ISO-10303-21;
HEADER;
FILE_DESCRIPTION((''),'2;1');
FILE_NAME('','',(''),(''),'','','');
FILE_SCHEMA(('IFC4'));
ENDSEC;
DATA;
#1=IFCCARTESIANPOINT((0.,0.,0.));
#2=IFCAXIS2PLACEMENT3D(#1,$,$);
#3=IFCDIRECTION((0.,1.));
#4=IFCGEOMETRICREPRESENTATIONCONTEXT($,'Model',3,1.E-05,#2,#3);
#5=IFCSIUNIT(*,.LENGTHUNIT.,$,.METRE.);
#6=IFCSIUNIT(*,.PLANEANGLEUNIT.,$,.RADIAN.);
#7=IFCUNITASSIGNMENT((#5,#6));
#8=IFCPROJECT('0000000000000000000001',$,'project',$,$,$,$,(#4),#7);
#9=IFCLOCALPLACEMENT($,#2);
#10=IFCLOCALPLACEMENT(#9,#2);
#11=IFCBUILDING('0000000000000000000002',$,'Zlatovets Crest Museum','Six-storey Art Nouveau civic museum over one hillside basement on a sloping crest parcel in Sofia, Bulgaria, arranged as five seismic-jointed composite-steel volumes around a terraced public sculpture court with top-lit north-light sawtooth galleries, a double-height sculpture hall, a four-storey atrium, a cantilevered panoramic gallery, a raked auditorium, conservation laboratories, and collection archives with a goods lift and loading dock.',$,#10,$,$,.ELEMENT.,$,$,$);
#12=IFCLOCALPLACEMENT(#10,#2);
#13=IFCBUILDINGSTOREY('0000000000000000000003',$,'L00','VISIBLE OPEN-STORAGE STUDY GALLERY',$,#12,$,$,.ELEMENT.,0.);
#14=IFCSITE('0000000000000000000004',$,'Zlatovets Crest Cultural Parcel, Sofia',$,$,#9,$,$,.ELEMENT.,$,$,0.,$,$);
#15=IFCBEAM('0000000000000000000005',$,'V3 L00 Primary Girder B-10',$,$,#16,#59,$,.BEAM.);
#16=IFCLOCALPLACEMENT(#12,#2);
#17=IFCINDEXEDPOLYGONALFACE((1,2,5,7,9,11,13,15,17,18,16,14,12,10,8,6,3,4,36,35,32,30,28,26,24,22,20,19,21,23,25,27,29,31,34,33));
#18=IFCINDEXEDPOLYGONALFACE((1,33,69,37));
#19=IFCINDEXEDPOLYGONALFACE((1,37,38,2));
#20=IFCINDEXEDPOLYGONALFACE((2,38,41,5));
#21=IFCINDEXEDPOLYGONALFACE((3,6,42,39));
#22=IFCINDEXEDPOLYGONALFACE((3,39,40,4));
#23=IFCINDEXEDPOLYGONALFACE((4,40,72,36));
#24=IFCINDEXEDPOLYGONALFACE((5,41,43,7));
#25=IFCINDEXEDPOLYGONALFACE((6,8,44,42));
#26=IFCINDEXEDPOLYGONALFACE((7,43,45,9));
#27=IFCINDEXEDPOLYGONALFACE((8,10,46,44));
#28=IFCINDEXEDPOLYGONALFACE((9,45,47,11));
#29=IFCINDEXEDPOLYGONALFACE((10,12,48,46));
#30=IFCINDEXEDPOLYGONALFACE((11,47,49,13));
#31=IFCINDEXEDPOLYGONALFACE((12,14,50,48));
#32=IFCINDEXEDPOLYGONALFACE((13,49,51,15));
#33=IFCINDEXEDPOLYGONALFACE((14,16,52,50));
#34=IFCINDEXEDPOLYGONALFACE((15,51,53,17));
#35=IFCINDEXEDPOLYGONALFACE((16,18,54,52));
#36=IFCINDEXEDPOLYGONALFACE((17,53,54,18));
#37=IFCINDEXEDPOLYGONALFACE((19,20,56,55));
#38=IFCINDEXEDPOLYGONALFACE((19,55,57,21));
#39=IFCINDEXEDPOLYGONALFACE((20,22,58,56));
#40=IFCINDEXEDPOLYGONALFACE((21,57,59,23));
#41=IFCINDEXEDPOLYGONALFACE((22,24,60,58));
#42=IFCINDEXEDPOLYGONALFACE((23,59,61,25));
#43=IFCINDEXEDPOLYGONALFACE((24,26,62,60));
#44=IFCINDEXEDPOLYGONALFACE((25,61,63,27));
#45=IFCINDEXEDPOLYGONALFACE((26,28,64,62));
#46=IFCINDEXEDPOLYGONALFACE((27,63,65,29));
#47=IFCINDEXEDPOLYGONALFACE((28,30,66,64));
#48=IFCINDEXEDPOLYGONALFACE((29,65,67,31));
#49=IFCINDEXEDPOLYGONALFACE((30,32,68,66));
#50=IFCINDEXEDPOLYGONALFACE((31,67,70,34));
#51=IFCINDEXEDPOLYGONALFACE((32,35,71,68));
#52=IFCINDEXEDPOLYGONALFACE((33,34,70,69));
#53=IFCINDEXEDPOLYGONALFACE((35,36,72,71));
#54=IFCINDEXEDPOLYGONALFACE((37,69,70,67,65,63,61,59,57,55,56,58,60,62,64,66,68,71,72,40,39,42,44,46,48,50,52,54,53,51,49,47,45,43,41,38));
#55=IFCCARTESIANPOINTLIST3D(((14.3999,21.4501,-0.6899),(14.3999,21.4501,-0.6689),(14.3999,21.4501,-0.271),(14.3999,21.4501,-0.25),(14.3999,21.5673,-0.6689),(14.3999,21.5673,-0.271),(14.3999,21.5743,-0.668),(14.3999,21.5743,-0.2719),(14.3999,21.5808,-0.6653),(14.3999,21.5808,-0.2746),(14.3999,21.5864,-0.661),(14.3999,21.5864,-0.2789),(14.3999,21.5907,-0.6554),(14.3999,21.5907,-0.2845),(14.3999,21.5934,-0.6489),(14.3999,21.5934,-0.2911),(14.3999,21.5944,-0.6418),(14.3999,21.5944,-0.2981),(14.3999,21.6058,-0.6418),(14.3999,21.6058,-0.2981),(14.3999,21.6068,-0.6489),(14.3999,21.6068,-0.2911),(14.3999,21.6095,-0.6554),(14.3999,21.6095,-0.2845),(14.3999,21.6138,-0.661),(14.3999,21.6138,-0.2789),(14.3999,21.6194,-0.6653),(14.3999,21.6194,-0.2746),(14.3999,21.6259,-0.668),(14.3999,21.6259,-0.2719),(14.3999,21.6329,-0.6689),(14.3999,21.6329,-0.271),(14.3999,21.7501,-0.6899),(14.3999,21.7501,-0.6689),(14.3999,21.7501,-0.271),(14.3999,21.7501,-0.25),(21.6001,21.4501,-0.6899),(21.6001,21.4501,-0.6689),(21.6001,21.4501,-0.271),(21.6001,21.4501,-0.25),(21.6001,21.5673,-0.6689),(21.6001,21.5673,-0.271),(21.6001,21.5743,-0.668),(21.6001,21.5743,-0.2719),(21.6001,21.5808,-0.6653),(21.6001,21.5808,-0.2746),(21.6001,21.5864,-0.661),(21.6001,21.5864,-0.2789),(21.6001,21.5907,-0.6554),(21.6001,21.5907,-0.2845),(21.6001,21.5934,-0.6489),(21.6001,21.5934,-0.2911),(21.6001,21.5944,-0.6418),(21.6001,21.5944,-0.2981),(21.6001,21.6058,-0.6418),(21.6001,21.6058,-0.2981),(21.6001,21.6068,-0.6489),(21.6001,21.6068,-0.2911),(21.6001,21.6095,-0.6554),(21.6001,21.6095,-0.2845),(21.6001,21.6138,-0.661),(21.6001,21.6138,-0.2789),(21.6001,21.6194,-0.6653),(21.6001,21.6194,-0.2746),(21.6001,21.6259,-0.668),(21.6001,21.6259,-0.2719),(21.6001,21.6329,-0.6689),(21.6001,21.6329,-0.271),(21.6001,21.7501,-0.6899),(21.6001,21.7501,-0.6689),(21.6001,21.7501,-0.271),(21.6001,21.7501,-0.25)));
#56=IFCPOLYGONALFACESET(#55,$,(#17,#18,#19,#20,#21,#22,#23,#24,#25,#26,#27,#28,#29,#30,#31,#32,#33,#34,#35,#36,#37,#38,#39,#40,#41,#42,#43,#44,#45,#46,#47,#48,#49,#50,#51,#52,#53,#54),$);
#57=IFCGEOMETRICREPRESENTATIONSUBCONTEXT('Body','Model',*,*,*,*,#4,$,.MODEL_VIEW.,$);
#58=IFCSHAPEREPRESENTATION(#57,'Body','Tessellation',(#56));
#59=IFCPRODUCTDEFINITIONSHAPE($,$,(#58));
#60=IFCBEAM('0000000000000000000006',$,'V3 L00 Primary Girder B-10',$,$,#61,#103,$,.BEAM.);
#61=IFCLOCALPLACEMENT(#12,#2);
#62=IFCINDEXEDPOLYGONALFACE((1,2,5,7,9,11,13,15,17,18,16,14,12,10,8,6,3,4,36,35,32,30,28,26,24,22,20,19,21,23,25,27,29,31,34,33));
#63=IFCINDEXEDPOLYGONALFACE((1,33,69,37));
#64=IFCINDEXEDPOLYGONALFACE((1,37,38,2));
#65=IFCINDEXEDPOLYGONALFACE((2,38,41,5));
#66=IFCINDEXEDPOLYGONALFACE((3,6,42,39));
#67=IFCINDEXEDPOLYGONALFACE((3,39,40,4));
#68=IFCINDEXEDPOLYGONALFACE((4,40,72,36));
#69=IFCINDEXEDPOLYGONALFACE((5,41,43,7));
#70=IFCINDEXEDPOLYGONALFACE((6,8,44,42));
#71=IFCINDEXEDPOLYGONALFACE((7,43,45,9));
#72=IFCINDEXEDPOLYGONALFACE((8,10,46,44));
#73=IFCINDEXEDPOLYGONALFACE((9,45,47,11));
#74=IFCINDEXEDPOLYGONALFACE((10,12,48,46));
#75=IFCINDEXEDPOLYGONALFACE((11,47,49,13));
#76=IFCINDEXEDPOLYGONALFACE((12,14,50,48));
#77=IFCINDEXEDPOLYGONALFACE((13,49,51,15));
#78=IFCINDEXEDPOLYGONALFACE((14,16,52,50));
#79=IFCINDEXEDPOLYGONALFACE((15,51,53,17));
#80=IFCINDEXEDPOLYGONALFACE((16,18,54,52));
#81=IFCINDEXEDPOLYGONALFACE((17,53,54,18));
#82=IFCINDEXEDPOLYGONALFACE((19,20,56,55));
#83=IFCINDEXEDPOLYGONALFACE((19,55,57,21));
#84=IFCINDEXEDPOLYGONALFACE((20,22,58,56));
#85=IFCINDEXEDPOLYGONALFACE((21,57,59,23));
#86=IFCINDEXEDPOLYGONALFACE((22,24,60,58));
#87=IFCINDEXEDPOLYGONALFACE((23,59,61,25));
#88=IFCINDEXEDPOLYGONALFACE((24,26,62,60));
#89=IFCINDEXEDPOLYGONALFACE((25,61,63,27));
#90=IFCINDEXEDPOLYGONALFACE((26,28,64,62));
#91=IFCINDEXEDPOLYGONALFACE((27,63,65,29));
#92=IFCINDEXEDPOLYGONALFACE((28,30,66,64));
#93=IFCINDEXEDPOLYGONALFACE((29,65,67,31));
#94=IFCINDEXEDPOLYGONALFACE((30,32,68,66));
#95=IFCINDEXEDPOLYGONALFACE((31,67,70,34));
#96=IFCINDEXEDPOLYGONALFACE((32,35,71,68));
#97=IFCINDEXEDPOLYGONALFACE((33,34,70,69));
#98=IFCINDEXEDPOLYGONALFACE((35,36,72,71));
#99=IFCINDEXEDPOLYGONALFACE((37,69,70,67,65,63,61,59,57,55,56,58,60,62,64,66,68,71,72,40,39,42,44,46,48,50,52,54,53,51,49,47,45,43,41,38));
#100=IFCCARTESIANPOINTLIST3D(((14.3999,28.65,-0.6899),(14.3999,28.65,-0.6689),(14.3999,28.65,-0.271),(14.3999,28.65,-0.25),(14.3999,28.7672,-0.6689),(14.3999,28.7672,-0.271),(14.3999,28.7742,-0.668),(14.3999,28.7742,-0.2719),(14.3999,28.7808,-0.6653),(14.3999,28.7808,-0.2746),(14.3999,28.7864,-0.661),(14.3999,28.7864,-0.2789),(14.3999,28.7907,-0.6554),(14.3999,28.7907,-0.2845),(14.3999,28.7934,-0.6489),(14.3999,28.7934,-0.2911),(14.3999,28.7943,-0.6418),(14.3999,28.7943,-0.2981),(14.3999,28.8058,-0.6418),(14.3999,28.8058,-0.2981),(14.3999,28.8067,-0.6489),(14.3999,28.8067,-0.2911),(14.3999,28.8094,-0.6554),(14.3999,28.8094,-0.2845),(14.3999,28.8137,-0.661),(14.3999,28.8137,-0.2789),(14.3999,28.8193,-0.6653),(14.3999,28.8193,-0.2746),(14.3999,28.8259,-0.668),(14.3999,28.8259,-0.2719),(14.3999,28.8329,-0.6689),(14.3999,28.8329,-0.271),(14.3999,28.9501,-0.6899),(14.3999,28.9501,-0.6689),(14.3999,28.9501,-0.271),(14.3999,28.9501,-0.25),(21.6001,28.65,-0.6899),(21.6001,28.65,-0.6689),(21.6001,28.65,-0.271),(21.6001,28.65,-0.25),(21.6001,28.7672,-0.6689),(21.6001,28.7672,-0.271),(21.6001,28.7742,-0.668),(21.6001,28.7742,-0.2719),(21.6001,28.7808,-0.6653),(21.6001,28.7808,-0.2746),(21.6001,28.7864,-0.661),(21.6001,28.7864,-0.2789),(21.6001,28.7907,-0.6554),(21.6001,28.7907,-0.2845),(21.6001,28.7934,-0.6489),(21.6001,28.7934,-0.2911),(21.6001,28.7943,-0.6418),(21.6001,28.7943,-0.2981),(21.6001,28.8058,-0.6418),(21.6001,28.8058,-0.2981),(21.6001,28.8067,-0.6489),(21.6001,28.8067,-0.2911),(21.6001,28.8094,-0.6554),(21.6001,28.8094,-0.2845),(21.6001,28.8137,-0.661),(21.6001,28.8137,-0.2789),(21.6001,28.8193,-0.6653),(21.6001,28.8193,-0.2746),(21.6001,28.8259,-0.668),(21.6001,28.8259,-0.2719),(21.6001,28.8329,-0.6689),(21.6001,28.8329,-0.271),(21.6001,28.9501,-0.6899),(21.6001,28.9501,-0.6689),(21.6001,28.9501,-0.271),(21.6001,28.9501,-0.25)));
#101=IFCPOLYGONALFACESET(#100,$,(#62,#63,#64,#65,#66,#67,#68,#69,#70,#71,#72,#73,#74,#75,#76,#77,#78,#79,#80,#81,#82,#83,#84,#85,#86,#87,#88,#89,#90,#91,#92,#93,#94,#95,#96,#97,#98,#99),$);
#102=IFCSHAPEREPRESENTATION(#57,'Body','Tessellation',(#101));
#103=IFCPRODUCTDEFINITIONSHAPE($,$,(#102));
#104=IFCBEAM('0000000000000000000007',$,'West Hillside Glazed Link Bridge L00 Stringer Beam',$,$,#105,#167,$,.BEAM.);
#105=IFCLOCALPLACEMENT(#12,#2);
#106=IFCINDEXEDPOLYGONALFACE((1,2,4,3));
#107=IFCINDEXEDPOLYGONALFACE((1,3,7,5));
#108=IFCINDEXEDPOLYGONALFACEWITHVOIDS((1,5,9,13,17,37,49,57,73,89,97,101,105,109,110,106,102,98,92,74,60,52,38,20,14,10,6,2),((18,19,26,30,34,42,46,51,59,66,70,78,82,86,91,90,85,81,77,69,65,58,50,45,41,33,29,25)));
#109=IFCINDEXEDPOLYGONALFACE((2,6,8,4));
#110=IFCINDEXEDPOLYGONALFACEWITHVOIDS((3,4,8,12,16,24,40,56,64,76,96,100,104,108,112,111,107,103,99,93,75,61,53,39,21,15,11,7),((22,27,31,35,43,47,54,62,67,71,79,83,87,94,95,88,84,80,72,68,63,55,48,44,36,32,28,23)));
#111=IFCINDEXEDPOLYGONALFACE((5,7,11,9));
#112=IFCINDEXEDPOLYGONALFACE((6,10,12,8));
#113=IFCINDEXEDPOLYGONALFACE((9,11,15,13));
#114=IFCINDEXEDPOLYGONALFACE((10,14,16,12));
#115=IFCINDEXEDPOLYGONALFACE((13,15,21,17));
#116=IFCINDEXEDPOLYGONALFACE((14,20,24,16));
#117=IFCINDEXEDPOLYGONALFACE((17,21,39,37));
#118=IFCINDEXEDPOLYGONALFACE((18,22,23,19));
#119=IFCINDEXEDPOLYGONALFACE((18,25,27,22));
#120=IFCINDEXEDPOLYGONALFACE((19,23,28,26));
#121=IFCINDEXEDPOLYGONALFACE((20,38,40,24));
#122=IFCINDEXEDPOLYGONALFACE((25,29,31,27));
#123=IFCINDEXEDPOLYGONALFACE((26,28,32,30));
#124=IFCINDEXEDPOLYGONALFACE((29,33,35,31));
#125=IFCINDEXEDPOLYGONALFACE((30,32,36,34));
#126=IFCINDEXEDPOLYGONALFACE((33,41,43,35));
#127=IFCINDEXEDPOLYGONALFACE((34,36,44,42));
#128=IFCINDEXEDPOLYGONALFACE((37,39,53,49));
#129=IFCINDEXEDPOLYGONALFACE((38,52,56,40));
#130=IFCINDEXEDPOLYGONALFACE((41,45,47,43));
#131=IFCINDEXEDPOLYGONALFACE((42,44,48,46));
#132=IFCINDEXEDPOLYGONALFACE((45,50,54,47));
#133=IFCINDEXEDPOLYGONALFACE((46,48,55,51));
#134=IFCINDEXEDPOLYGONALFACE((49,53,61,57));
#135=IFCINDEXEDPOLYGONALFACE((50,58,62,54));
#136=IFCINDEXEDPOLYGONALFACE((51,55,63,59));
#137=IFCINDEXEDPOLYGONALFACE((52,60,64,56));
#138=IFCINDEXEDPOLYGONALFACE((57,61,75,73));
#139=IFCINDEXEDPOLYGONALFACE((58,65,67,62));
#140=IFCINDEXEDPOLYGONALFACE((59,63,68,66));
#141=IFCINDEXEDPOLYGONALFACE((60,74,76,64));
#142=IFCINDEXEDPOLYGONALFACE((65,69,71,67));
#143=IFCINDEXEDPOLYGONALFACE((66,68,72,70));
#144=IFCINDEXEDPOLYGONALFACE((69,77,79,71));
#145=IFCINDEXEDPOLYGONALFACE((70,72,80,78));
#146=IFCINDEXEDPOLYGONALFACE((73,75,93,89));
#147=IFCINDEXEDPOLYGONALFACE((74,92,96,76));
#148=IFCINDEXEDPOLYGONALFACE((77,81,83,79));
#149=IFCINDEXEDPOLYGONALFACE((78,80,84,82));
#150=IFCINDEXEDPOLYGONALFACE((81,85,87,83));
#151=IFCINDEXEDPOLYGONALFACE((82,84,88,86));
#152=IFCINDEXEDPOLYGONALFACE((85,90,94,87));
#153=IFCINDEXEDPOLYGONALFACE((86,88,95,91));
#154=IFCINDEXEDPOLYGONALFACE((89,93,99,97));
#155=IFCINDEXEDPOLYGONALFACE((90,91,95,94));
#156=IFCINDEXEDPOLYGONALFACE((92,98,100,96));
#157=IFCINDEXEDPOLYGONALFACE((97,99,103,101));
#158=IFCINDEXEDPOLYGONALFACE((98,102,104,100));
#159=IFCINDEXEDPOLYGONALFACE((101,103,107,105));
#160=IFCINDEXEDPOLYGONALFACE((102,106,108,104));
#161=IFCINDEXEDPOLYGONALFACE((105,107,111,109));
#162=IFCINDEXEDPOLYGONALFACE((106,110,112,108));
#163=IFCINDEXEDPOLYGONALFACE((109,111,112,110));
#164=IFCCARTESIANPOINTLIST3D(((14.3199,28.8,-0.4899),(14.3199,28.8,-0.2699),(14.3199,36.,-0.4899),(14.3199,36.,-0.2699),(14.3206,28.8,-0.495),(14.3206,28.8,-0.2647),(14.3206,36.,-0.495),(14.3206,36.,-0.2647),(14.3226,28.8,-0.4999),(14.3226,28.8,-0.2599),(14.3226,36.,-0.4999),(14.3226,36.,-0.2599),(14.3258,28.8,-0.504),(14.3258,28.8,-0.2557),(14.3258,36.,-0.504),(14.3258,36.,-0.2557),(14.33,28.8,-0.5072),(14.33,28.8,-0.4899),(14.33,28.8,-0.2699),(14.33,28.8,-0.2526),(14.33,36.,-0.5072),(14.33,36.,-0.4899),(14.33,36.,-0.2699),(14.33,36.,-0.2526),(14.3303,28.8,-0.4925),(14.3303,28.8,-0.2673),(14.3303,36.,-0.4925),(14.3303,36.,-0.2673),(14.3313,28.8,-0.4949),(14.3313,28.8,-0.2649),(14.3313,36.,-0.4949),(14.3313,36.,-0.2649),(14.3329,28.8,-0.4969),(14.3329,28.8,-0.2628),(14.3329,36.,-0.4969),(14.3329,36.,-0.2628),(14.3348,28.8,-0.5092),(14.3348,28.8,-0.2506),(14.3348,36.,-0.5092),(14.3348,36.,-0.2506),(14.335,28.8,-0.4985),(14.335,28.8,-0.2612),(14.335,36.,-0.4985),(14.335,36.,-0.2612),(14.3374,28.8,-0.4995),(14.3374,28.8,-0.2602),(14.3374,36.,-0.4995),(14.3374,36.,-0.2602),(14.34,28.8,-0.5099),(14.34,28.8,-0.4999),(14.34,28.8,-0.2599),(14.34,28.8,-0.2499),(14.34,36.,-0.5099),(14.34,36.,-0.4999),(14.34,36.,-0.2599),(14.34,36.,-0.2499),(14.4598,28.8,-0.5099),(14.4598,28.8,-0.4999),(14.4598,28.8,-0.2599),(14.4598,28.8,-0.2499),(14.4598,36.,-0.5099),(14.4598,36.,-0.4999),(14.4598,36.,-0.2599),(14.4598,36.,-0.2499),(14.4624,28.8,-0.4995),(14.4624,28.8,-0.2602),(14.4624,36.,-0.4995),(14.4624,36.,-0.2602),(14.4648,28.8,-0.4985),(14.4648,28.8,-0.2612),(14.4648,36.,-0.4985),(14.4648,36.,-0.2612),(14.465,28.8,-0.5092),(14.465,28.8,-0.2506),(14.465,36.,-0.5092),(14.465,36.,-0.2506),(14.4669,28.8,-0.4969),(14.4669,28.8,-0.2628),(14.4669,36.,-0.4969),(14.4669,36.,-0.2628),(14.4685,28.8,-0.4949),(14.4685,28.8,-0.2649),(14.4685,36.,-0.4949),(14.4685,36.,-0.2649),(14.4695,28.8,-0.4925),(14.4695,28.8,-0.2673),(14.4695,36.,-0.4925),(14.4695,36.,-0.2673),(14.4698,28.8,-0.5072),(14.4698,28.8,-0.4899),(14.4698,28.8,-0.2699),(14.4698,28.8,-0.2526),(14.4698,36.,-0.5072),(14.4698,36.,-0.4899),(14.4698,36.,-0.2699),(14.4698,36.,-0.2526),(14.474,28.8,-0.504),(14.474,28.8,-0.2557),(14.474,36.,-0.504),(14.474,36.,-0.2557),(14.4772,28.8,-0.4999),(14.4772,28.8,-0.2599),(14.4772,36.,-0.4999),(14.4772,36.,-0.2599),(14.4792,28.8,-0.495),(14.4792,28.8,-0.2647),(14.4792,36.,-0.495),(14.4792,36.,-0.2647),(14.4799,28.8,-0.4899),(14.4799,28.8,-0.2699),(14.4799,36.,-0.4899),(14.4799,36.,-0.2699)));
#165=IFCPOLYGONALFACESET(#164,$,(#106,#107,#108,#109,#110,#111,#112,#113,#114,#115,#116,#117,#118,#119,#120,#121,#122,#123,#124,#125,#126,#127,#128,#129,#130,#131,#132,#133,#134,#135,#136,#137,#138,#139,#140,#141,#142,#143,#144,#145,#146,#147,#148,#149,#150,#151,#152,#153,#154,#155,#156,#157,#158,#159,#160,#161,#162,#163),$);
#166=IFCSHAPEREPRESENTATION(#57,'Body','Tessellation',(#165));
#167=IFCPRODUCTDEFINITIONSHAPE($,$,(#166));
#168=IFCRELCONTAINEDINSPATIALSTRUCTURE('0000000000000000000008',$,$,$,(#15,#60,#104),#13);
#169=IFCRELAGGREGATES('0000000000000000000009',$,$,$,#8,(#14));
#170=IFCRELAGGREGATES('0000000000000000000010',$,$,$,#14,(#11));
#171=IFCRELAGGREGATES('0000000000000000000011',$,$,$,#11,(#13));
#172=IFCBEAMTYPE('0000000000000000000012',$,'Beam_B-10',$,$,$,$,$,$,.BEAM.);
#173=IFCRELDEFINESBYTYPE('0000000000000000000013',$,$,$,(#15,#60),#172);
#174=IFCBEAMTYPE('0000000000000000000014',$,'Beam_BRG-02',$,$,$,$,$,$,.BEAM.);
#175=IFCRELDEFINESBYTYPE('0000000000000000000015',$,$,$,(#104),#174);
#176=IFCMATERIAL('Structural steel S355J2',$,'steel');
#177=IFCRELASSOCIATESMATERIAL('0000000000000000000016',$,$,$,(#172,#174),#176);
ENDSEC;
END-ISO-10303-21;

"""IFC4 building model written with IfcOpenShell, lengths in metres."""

from ifc_helpers import new_model, si_unit, direction, frame, origin, origin_2d, place, context, subcontext, project, spatial, hollow_rectangle, i_section, extrude, material, material_profile, profile_set, type_object, element, save


model = new_model("IFC4")

# Units and contexts
model_context = context("Model", 3, precision=1e-05, world=origin(), true_north=direction((0.0, 1.0)))
body_context = subcontext(model_context, "Body", "Model", "MODEL_VIEW")
ifc_project = project(units=[si_unit("LENGTHUNIT", "METRE"), si_unit("PLANEANGLEUNIT", "RADIAN")], contexts=[model_context])

# Site, building, storey
site_placement = place(None, origin())
site = spatial("IfcSite", under=ifc_project, at=site_placement, Name="Zlatovets Crest Cultural Parcel, Sofia", CompositionType="ELEMENT", RefElevation=0.0)
building_placement = place(site_placement, origin())
building = spatial("IfcBuilding", under=site, at=building_placement, Name="Zlatovets Crest Museum", Description="Six-storey Art Nouveau civic museum over one hillside basement on a sloping crest parcel in Sofia, Bulgaria, arranged as five seismic-jointed composite-steel volumes around a terraced public sculpture court with top-lit north-light sawtooth galleries, a double-height sculpture hall, a four-storey atrium, a cantilevered panoramic gallery, a raked auditorium, conservation laboratories, and collection archives with a goods lift and loading dock.", CompositionType="ELEMENT")
storey_placement = place(building_placement, origin())
storey = spatial("IfcBuildingStorey", under=building, at=storey_placement, Name="L00", Description="VISIBLE OPEN-STORAGE STUDY GALLERY", CompositionType="ELEMENT", Elevation=0.0)

# Shared definitions
ifc_material_1 = material(Name="Structural steel S355J2", Category="steel")

# Beams
ifc_material_profile_1 = material_profile(ifc_material_1, i_section(OverallWidth=0.3, OverallDepth=0.4399, WebThickness=0.0115, FlangeThickness=0.021, FilletRadius=0.0271, at=origin_2d()), Name="HEA 450")
ifc_profile_set_1 = profile_set([ifc_material_profile_1], Name="Structural steel S355J2")
beam_type_1 = type_object("IfcBeamType", Name="Beam_B-10", PredefinedType="BEAM", material=ifc_profile_set_1)
for number, where, z_axis, x_axis, name in (
    (1, (14.3999, 21.6001, -0.47), (1.0, 0.0, 0.0), (0.0, 1.0, 0.0), "V3 L00 Primary Girder B-10"),
    (2, (14.3999, 28.8, -0.47), (1.0, 0.0, 0.0), (0.0, 1.0, 0.0), "V3 L00 Primary Girder B-10"),
):
    element("IfcBeam", number, at=place(storey_placement, frame(where, z_axis=z_axis, x_axis=x_axis)), inside=storey, type_object=beam_type_1, Name=name, PredefinedType="BEAM", context=body_context, shape_type="SweptSolid", body=[
        extrude(i_section(OverallWidth=0.3, OverallDepth=0.4399, WebThickness=0.0115, FlangeThickness=0.021, FilletRadius=0.0271, at=origin_2d()), origin(), (0.0, 0.0, 1.0), 7.2002),
    ])
ifc_material_profile_2 = material_profile(ifc_material_1, hollow_rectangle(XDim=0.1599, YDim=0.26, WallThickness=0.01, InnerFilletRadius=0.01, OuterFilletRadius=0.02, at=origin_2d()), Name="RHS 160x260x10.0")
ifc_profile_set_2 = profile_set([ifc_material_profile_2], Name="Structural steel S355J2")
beam_type_2 = type_object("IfcBeamType", Name="Beam_BRG-02", PredefinedType="BEAM", material=ifc_profile_set_2)
beam_1_placement = place(storey_placement, frame((14.3999, 28.8, -0.3799), z_axis=(0.0, 1.0, 0.0), x_axis=(-1.0, 0.0, 0.0)))
element("IfcBeam", 3, at=beam_1_placement, inside=storey, type_object=beam_type_2, Name="West Hillside Glazed Link Bridge L00 Stringer Beam", PredefinedType="BEAM", context=body_context, shape_type="SweptSolid", body=[
    extrude(hollow_rectangle(XDim=0.1599, YDim=0.26, WallThickness=0.01, InnerFilletRadius=0.01, OuterFilletRadius=0.02, at=origin_2d()), origin(), (0.0, 0.0, 1.0), 7.2),
])

save(model, "model.ifc")
